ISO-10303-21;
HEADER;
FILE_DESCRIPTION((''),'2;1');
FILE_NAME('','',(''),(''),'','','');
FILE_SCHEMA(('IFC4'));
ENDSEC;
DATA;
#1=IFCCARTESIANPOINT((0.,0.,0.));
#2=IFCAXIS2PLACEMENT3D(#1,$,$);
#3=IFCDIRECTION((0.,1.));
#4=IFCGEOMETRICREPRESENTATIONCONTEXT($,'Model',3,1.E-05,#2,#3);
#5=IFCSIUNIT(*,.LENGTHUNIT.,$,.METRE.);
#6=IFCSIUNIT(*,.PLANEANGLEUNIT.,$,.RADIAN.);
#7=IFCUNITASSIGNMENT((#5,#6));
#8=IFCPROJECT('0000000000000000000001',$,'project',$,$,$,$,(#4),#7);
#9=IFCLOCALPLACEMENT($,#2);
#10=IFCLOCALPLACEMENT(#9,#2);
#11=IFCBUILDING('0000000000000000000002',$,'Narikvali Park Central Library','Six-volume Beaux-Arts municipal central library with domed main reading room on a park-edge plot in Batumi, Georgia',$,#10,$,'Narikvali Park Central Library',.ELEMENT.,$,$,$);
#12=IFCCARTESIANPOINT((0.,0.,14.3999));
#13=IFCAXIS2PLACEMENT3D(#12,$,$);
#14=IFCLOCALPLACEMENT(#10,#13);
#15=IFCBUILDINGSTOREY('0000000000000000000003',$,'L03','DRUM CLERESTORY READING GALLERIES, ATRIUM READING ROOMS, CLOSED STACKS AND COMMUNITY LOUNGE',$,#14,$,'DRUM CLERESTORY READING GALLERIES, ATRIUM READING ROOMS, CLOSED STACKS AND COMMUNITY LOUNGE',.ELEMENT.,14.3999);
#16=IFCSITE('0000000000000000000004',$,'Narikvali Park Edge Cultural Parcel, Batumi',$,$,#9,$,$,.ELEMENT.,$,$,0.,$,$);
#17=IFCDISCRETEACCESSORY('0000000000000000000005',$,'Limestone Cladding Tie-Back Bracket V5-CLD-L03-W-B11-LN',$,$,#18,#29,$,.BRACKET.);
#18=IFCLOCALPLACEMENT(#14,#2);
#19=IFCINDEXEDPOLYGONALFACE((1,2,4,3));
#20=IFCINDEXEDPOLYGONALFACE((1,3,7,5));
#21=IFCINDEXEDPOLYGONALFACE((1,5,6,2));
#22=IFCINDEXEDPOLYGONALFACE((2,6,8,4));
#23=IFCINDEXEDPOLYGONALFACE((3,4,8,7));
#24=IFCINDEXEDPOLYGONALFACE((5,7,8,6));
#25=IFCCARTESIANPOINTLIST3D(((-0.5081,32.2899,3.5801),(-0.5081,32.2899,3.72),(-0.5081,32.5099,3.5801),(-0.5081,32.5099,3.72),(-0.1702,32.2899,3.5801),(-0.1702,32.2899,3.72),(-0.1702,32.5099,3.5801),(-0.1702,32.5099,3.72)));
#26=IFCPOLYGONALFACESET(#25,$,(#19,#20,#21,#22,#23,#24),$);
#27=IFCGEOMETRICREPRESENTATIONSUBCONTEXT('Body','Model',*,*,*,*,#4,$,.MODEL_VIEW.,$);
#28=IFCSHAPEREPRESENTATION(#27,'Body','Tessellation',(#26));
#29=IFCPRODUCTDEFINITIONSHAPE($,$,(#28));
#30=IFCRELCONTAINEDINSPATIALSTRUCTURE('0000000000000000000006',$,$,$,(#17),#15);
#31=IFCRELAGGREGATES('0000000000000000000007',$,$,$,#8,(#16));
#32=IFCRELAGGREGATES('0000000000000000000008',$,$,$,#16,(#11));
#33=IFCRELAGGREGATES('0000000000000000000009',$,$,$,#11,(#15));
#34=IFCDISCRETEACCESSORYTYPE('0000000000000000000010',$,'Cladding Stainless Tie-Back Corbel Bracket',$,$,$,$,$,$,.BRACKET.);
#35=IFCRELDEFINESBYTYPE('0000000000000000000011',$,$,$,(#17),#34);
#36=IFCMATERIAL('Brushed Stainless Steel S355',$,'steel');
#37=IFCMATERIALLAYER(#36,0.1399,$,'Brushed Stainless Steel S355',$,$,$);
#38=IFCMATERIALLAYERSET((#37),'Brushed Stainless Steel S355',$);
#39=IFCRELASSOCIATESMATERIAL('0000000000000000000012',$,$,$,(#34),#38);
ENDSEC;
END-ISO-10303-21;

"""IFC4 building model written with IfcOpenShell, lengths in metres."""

from ifc_helpers import new_model, si_unit, direction, frame, origin, origin_2d, place, context, subcontext, project, spatial, rectangle, extrude, material, layer, layer_set, type_object, element, save


model = new_model("IFC4")

# Units and contexts
model_context = context("Model", 3, precision=1e-05, world=origin(), true_north=direction((0.0, 1.0)))
body_context = subcontext(model_context, "Body", "Model", "MODEL_VIEW")
ifc_project = project(units=[si_unit("LENGTHUNIT", "METRE"), si_unit("PLANEANGLEUNIT", "RADIAN")], contexts=[model_context])

# Site, building, storey
site_placement = place(None, origin())
site = spatial("IfcSite", under=ifc_project, at=site_placement, Name="Narikvali Park Edge Cultural Parcel, Batumi", CompositionType="ELEMENT", RefElevation=0.0)
building_placement = place(site_placement, origin())
building = spatial("IfcBuilding", under=site, at=building_placement, Name="Narikvali Park Central Library", Description="Six-volume Beaux-Arts municipal central library with domed main reading room on a park-edge plot in Batumi, Georgia", LongName="Narikvali Park Central Library", CompositionType="ELEMENT")
storey_placement = place(building_placement, frame((0.0, 0.0, 14.3999)))
storey = spatial("IfcBuildingStorey", under=building, at=storey_placement, Name="L03", Description="DRUM CLERESTORY READING GALLERIES, ATRIUM READING ROOMS, CLOSED STACKS AND COMMUNITY LOUNGE", LongName="DRUM CLERESTORY READING GALLERIES, ATRIUM READING ROOMS, CLOSED STACKS AND COMMUNITY LOUNGE", CompositionType="ELEMENT", Elevation=14.3999)

# Discrete accessory
ifc_material_1 = material(Name="Brushed Stainless Steel S355", Category="steel")
ifc_layer_1 = layer(ifc_material_1, 0.1399, Name="Brushed Stainless Steel S355")
ifc_layer_set_1 = layer_set([ifc_layer_1], Name="Brushed Stainless Steel S355")
discrete_accessory_type = type_object("IfcDiscreteAccessoryType", Name="Cladding Stainless Tie-Back Corbel Bracket", PredefinedType="BRACKET", material=ifc_layer_set_1)
discrete_accessory_1_placement = place(storey_placement, frame((-0.3391, 32.3999, 3.5801), z_axis=(0.0, 0.0, 1.0), x_axis=(1.0, 0.0, 0.0)))
element("IfcDiscreteAccessory", 1, at=discrete_accessory_1_placement, inside=storey, type_object=discrete_accessory_type, Name="Limestone Cladding Tie-Back Bracket V5-CLD-L03-W-B11-LN", PredefinedType="BRACKET", context=body_context, shape_type="SweptSolid", body=[
    extrude(rectangle(XDim=0.3379, YDim=0.22, at=origin_2d()), origin(), (0.0, 0.0, 1.0), 0.1399),
])

save(model, "model.ifc")
